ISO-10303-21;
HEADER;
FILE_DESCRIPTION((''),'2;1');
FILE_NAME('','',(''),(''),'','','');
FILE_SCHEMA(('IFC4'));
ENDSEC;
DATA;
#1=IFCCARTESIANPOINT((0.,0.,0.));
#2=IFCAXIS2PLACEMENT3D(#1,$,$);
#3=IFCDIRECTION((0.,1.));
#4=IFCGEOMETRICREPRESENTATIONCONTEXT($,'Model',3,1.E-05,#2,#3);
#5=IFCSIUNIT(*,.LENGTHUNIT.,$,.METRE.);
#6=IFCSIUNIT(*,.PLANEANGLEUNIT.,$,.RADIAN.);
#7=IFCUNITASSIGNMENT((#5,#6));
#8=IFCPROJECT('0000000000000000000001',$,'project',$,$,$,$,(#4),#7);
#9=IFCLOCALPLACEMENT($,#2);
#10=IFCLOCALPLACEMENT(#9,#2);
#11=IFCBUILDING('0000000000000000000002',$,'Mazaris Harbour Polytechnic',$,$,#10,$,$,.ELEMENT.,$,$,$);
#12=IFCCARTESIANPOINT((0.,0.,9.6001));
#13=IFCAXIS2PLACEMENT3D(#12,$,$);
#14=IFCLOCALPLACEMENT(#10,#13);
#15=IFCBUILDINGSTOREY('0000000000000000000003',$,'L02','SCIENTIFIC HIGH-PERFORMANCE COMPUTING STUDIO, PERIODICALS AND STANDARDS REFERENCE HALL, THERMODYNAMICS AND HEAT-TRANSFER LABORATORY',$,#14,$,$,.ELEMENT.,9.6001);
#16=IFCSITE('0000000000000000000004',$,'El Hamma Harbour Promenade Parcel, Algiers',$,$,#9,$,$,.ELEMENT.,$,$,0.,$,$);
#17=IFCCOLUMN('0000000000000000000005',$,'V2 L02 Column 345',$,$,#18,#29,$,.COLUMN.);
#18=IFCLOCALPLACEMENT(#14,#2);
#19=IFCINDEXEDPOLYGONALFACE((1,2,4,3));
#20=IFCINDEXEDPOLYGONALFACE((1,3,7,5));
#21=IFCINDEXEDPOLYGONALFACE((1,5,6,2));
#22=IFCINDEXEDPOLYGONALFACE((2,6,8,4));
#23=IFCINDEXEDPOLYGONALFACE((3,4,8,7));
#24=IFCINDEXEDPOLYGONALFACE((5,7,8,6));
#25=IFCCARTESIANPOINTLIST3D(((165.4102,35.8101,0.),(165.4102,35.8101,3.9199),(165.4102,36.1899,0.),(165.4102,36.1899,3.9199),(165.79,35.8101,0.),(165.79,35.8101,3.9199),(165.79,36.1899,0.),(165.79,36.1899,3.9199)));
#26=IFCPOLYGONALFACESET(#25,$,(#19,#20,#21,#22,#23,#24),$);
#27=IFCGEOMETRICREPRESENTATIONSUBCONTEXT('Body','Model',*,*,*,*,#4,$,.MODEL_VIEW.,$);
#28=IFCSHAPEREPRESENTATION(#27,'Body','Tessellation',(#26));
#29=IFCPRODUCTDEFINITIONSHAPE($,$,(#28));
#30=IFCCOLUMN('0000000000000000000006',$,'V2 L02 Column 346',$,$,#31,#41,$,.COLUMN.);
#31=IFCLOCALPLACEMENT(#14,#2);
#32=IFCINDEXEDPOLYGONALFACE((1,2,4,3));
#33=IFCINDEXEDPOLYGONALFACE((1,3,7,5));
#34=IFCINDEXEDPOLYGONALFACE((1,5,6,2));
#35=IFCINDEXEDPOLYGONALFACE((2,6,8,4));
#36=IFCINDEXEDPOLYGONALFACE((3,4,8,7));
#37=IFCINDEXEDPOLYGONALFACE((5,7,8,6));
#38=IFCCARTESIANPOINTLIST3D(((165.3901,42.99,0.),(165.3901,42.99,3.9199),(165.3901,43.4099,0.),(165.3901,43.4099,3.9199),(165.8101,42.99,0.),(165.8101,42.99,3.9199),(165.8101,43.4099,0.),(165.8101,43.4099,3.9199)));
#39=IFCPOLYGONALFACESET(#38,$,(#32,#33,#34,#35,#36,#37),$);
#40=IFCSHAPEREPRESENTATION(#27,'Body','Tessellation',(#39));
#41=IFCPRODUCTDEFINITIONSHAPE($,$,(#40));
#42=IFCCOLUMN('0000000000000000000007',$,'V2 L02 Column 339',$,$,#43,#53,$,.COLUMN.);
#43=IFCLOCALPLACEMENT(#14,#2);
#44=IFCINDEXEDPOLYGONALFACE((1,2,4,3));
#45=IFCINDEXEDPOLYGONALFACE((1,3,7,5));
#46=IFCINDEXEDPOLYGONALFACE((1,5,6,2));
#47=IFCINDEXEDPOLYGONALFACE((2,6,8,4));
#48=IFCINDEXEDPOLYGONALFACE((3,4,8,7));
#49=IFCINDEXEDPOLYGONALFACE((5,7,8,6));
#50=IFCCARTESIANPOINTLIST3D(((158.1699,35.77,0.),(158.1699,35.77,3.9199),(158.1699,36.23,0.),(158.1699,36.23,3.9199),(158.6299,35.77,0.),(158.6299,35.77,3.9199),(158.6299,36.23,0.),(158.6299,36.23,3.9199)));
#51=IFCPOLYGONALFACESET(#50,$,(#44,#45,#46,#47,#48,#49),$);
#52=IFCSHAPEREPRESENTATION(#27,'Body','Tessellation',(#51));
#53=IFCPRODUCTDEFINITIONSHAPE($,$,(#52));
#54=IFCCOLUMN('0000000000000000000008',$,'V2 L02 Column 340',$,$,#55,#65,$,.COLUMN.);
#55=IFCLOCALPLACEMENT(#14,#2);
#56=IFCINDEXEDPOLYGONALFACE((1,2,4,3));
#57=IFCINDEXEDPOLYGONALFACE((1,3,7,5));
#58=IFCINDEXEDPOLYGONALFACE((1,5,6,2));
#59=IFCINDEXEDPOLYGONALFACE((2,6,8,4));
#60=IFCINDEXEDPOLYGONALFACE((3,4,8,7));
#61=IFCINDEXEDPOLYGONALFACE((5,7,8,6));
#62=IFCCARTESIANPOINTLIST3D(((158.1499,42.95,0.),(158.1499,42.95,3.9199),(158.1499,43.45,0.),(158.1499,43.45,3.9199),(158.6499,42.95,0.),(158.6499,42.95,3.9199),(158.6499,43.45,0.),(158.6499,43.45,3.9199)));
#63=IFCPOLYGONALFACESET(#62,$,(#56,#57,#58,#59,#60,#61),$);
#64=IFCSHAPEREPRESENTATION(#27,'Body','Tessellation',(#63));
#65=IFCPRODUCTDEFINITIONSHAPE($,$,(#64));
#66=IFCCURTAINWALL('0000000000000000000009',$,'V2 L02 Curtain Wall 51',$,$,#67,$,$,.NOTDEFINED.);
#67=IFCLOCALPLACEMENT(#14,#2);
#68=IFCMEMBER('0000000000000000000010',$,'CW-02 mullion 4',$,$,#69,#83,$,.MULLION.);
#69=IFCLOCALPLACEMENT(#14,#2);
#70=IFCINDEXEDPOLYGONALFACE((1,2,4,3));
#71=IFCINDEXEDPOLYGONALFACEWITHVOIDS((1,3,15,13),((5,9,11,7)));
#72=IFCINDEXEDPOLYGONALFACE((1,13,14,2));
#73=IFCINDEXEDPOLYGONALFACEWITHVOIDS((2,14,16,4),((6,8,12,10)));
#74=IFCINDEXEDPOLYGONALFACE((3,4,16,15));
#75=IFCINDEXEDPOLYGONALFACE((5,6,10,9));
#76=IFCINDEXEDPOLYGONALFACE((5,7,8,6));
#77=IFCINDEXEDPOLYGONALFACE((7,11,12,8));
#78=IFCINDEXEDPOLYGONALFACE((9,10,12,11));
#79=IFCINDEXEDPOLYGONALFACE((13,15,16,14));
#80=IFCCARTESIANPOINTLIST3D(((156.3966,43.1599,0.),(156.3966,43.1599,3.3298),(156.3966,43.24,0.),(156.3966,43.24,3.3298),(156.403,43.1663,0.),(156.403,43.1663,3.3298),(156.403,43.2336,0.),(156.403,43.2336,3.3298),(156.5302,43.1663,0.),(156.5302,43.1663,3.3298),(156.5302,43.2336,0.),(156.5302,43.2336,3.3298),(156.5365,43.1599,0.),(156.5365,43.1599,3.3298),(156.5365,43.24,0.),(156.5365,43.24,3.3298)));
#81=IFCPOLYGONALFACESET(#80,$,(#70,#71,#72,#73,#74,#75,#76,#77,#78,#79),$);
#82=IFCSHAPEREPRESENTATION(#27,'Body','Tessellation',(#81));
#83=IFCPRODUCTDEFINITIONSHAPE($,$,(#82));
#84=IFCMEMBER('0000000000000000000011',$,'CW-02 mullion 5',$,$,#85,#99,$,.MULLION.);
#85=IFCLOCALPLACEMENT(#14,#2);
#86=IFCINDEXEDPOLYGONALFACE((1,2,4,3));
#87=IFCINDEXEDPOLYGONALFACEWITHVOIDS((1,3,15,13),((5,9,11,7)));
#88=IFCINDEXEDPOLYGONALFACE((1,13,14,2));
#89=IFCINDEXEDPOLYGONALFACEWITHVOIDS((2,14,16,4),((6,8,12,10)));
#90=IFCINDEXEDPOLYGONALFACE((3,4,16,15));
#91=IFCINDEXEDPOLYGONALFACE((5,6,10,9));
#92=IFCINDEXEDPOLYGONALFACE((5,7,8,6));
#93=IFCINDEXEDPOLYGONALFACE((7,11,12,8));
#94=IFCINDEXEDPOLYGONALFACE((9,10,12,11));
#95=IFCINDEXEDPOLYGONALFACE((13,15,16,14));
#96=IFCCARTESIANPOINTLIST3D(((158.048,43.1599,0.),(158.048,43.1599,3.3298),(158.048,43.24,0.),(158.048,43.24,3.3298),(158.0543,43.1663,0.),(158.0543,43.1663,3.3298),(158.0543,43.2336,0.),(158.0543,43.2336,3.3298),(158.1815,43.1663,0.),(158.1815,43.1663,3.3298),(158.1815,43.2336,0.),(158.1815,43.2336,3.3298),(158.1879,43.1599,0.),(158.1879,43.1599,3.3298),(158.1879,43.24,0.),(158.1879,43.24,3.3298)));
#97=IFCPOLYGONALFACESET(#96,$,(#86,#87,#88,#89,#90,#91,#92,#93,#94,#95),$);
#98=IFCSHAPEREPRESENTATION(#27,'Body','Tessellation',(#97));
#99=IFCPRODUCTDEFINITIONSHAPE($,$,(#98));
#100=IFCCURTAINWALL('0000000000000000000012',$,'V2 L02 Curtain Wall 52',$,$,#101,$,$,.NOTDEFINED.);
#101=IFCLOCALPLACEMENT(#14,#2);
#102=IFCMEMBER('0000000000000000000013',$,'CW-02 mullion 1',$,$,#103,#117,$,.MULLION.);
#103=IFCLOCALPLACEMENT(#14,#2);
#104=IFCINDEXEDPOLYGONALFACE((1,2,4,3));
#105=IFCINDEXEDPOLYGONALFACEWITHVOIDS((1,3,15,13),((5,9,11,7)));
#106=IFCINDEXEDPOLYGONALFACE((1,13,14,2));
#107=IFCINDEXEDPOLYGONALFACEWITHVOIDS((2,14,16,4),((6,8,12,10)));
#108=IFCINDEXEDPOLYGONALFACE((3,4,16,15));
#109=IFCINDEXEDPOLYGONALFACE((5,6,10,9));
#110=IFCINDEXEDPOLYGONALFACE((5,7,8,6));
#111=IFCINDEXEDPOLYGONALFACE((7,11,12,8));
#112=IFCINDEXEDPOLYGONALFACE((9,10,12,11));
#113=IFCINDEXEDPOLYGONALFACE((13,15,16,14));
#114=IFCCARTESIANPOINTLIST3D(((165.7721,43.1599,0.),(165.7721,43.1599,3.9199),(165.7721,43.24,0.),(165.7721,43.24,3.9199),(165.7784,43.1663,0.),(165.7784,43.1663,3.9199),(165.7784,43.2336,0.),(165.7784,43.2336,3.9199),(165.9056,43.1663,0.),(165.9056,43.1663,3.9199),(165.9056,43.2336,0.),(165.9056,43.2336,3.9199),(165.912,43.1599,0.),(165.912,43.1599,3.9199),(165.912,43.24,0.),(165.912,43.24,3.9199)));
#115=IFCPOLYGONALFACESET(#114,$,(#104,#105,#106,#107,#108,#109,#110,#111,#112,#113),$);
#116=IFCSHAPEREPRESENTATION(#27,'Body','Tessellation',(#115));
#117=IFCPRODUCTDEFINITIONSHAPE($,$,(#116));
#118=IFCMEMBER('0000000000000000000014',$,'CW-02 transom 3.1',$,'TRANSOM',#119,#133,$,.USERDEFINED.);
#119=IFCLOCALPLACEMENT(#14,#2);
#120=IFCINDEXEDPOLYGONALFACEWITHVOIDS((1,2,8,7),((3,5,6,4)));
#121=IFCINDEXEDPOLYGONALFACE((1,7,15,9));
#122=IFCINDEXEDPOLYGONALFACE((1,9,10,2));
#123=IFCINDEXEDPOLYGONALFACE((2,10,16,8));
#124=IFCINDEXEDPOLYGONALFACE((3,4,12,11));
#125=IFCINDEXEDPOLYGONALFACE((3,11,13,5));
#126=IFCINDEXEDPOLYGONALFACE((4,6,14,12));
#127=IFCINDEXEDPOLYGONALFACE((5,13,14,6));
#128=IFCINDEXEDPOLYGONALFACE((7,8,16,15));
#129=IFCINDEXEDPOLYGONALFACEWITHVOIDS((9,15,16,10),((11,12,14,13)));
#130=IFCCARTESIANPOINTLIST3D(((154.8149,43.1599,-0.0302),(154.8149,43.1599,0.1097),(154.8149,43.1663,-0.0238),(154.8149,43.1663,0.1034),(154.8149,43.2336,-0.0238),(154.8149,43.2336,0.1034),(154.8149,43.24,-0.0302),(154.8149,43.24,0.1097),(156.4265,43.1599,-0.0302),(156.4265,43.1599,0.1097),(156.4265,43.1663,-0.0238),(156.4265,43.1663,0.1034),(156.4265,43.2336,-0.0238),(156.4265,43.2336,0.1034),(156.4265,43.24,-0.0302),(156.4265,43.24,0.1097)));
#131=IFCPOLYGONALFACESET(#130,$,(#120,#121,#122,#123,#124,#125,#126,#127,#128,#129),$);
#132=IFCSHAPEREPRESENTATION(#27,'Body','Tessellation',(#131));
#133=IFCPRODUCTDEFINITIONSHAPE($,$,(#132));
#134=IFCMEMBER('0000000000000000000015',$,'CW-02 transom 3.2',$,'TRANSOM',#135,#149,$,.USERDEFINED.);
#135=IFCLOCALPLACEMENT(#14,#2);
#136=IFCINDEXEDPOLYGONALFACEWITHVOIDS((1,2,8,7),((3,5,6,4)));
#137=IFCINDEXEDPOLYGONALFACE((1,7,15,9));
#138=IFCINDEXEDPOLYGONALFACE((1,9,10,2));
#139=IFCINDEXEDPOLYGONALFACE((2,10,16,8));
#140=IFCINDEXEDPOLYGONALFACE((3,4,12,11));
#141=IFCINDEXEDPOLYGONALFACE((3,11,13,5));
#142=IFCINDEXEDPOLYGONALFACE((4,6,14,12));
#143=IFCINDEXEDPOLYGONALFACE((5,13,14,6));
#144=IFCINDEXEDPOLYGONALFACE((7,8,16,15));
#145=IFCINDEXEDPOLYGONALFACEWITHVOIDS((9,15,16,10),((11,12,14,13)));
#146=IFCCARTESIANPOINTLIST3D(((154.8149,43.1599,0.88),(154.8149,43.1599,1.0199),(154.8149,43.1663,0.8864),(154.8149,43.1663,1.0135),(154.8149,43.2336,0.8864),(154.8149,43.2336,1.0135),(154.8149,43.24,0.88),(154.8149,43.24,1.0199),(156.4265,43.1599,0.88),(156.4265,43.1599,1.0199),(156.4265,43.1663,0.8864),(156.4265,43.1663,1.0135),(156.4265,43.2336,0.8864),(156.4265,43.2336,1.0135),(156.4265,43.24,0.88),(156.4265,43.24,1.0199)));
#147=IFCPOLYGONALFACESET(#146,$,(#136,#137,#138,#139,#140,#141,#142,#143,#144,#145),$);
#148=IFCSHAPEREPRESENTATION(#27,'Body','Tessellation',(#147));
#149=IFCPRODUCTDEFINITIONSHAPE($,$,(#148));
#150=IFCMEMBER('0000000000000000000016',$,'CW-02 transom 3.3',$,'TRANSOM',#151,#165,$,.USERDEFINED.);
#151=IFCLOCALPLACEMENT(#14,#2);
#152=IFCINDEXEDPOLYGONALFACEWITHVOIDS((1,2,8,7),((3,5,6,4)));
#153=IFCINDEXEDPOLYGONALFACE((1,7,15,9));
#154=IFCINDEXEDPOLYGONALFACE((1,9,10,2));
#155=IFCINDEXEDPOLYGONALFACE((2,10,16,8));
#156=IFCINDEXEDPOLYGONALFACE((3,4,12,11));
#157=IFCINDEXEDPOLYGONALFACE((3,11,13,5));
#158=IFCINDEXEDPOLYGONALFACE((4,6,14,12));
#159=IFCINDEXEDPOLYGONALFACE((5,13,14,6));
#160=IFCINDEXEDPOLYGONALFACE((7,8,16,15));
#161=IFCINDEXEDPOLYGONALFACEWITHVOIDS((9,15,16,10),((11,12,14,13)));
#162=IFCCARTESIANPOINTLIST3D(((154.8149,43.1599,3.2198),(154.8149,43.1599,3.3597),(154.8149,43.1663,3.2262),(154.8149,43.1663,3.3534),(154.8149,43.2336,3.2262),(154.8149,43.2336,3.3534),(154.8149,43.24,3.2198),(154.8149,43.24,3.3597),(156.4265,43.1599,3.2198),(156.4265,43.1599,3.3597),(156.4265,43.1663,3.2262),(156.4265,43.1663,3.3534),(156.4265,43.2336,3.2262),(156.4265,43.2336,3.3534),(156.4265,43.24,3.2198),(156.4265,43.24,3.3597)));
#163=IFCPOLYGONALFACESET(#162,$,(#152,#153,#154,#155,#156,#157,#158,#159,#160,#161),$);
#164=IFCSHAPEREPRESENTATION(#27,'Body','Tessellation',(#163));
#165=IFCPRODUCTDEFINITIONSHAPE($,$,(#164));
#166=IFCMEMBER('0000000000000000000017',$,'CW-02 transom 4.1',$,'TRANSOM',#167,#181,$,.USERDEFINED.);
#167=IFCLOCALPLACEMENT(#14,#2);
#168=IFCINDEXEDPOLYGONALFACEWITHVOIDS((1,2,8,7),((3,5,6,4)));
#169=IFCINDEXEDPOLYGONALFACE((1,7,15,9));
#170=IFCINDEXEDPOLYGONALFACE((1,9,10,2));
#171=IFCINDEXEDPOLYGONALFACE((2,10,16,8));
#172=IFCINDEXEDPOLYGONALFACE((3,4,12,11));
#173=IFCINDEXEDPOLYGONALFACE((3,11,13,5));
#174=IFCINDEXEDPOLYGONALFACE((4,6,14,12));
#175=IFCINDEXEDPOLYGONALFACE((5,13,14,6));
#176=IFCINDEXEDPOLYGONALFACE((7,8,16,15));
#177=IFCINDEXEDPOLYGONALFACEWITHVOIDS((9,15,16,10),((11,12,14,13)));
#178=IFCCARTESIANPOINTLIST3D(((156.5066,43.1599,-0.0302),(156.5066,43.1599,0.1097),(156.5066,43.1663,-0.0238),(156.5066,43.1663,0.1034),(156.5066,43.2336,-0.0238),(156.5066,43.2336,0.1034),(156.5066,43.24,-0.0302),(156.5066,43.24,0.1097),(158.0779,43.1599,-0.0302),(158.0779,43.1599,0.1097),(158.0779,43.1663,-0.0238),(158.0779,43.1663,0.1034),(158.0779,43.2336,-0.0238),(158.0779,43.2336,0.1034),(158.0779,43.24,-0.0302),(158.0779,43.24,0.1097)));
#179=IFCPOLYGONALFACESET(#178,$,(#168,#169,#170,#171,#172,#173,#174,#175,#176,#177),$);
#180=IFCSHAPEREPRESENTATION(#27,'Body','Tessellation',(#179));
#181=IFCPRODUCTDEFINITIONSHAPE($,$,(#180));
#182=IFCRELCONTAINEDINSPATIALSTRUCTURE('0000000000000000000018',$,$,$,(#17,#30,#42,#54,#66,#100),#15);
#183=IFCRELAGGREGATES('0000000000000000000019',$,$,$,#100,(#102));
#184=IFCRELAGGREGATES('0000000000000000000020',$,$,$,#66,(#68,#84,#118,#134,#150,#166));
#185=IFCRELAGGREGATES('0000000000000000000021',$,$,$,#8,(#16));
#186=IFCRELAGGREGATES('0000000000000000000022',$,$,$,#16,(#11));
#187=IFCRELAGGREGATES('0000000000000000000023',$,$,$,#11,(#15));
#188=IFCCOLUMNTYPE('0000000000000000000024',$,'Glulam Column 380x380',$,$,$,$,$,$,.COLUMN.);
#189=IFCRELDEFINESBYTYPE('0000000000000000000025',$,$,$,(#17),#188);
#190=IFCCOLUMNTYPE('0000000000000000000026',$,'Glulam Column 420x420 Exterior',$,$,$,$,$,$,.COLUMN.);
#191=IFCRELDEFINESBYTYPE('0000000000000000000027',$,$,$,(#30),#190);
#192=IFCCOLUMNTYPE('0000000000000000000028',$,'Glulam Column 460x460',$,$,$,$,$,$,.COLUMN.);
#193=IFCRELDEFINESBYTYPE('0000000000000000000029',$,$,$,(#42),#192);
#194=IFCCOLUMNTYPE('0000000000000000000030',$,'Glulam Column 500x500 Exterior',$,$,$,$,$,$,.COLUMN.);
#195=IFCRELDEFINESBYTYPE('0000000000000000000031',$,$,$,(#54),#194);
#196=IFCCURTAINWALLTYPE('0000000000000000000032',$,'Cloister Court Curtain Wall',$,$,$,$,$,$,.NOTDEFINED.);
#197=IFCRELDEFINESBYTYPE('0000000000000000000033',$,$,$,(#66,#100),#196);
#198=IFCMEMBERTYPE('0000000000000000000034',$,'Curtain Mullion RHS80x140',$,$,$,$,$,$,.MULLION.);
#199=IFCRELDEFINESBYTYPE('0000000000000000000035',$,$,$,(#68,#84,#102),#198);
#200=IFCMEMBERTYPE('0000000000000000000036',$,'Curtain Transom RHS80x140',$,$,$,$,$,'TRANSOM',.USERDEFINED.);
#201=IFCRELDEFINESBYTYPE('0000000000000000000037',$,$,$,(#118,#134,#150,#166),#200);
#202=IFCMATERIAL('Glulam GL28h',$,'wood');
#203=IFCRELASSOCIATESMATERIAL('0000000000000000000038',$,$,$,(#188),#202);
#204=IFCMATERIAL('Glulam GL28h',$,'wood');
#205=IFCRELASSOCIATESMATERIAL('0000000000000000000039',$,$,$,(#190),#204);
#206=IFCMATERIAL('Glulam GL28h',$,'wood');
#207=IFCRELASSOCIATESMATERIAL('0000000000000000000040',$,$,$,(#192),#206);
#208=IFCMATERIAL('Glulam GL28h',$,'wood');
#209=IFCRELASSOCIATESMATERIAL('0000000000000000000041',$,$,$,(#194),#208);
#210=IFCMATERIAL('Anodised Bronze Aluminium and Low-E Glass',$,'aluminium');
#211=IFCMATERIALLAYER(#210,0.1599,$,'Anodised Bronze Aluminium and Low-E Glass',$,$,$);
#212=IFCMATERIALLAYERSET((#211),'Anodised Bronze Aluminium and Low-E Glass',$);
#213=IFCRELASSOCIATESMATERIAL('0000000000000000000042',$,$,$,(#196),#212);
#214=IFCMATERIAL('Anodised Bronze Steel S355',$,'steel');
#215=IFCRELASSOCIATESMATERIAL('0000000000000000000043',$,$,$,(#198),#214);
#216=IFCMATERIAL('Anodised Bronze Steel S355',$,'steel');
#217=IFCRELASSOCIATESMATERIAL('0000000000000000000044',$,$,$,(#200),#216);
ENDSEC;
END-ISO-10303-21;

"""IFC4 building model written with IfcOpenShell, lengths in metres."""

from ifc_helpers import new_model, si_unit, direction, frame, origin, origin_2d, place, context, subcontext, project, spatial, rectangle, hollow_rectangle, extrude, material, layer, layer_set, material_profile, profile_set, type_object, element, aggregate, save


model = new_model("IFC4")

# Units and contexts
model_context = context("Model", 3, precision=1e-05, world=origin(), true_north=direction((0.0, 1.0)))
body_context = subcontext(model_context, "Body", "Model", "MODEL_VIEW")
ifc_project = project(units=[si_unit("LENGTHUNIT", "METRE"), si_unit("PLANEANGLEUNIT", "RADIAN")], contexts=[model_context])

# Site, building, storey
site_placement = place(None, origin())
site = spatial("IfcSite", under=ifc_project, at=site_placement, Name="El Hamma Harbour Promenade Parcel, Algiers", CompositionType="ELEMENT", RefElevation=0.0)
building_placement = place(site_placement, origin())
building = spatial("IfcBuilding", under=site, at=building_placement, Name="Mazaris Harbour Polytechnic", CompositionType="ELEMENT")
storey_placement = place(building_placement, frame((0.0, 0.0, 9.6001)))
storey = spatial("IfcBuildingStorey", under=building, at=storey_placement, Name="L02", Description="SCIENTIFIC HIGH-PERFORMANCE COMPUTING STUDIO, PERIODICALS AND STANDARDS REFERENCE HALL, THERMODYNAMICS AND HEAT-TRANSFER LABORATORY", CompositionType="ELEMENT", Elevation=9.6001)

# Columns
ifc_material_1 = material(Name="Glulam GL28h", Category="wood")
ifc_material_profile_1 = material_profile(ifc_material_1, rectangle(XDim=0.3799, YDim=0.3799, at=origin_2d()), Name="RECT380x380")
ifc_profile_set_1 = profile_set([ifc_material_profile_1], Name="Glulam GL28h")
column_type_1 = type_object("IfcColumnType", Name="Glulam Column 380x380", PredefinedType="COLUMN", material=ifc_profile_set_1)
column_1_placement = place(storey_placement, frame((165.6001, 36.0, 0.0), z_axis=(0.0, 0.0, 1.0), x_axis=(1.0, 0.0, 0.0)))
element("IfcColumn", 1, at=column_1_placement, inside=storey, type_object=column_type_1, Name="V2 L02 Column 345", PredefinedType="COLUMN", context=body_context, shape_type="SweptSolid", body=[
    extrude(rectangle(XDim=0.3799, YDim=0.3799, at=origin_2d()), origin(), (0.0, 0.0, 1.0), 3.9199),
])
ifc_material_2 = material(Name="Glulam GL28h", Category="wood")
ifc_material_profile_2 = material_profile(ifc_material_2, rectangle(XDim=0.4199, YDim=0.4199, at=origin_2d()), Name="RECT420x420")
ifc_profile_set_2 = profile_set([ifc_material_profile_2], Name="Glulam GL28h")
column_type_2 = type_object("IfcColumnType", Name="Glulam Column 420x420 Exterior", PredefinedType="COLUMN", material=ifc_profile_set_2)
column_2_placement = place(storey_placement, frame((165.6001, 43.2, 0.0), z_axis=(0.0, 0.0, 1.0), x_axis=(1.0, 0.0, 0.0)))
element("IfcColumn", 2, at=column_2_placement, inside=storey, type_object=column_type_2, Name="V2 L02 Column 346", PredefinedType="COLUMN", context=body_context, shape_type="SweptSolid", body=[
    extrude(rectangle(XDim=0.4199, YDim=0.4199, at=origin_2d()), origin(), (0.0, 0.0, 1.0), 3.9199),
])
ifc_material_3 = material(Name="Glulam GL28h", Category="wood")
ifc_material_profile_3 = material_profile(ifc_material_3, rectangle(XDim=0.46, YDim=0.46, at=origin_2d()), Name="RECT460x460")
ifc_profile_set_3 = profile_set([ifc_material_profile_3], Name="Glulam GL28h")
column_type_3 = type_object("IfcColumnType", Name="Glulam Column 460x460", PredefinedType="COLUMN", material=ifc_profile_set_3)
column_3_placement = place(storey_placement, frame((158.3999, 36.0, 0.0), z_axis=(0.0, 0.0, 1.0), x_axis=(1.0, 0.0, 0.0)))
element("IfcColumn", 3, at=column_3_placement, inside=storey, type_object=column_type_3, Name="V2 L02 Column 339", PredefinedType="COLUMN", context=body_context, shape_type="SweptSolid", body=[
    extrude(rectangle(XDim=0.46, YDim=0.46, at=origin_2d()), origin(), (0.0, 0.0, 1.0), 3.9199),
])
ifc_material_4 = material(Name="Glulam GL28h", Category="wood")
ifc_material_profile_4 = material_profile(ifc_material_4, rectangle(XDim=0.5, YDim=0.5, at=origin_2d()), Name="RECT500x500")
ifc_profile_set_4 = profile_set([ifc_material_profile_4], Name="Glulam GL28h")
column_type_4 = type_object("IfcColumnType", Name="Glulam Column 500x500 Exterior", PredefinedType="COLUMN", material=ifc_profile_set_4)
column_4_placement = place(storey_placement, frame((158.3999, 43.2, 0.0), z_axis=(0.0, 0.0, 1.0), x_axis=(1.0, 0.0, 0.0)))
element("IfcColumn", 4, at=column_4_placement, inside=storey, type_object=column_type_4, Name="V2 L02 Column 340", PredefinedType="COLUMN", context=body_context, shape_type="SweptSolid", body=[
    extrude(rectangle(XDim=0.5, YDim=0.5, at=origin_2d()), origin(), (0.0, 0.0, 1.0), 3.9199),
])

# Curtain wall, members
ifc_material_5 = material(Name="Anodised Bronze Aluminium and Low-E Glass", Category="aluminium")
ifc_layer_1 = layer(ifc_material_5, 0.1599, Name="Anodised Bronze Aluminium and Low-E Glass")
ifc_layer_set_1 = layer_set([ifc_layer_1], Name="Anodised Bronze Aluminium and Low-E Glass")
curtain_wall_type = type_object("IfcCurtainWallType", Name="Cloister Court Curtain Wall", PredefinedType="NOTDEFINED", material=ifc_layer_set_1)
curtain_wall_1_placement = place(storey_placement, origin())
curtain_wall_1 = element("IfcCurtainWall", 5, at=curtain_wall_1_placement, inside=storey, type_object=curtain_wall_type, Name="V2 L02 Curtain Wall 51", PredefinedType="NOTDEFINED")
ifc_material_6 = material(Name="Anodised Bronze Steel S355", Category="steel")
ifc_material_profile_5 = material_profile(ifc_material_6, hollow_rectangle(XDim=0.0801, YDim=0.1399, WallThickness=0.0063, at=origin_2d()), Name="RHS 80x140x6.3")
ifc_profile_set_5 = profile_set([ifc_material_profile_5], Name="Anodised Bronze Steel S355")
member_type_1 = type_object("IfcMemberType", Name="Curtain Mullion RHS80x140", PredefinedType="MULLION", material=ifc_profile_set_5)
member_1_placement = place(storey_placement, frame((156.4666, 43.2, 0.0), z_axis=(0.0, 0.0, 1.0), x_axis=(0.0, 1.0, 0.0)))
member_1 = element("IfcMember", 6, at=member_1_placement, type_object=member_type_1, Name="CW-02 mullion 4", PredefinedType="MULLION", context=body_context, shape_type="SweptSolid", body=[
    extrude(hollow_rectangle(XDim=0.0801, YDim=0.1399, WallThickness=0.0063, at=origin_2d()), origin(), (0.0, 0.0, 1.0), 3.3298),
])
member_2_placement = place(storey_placement, frame((158.1179, 43.2, 0.0), z_axis=(0.0, 0.0, 1.0), x_axis=(0.0, 1.0, 0.0)))
member_2 = element("IfcMember", 7, at=member_2_placement, type_object=member_type_1, Name="CW-02 mullion 5", PredefinedType="MULLION", context=body_context, shape_type="SweptSolid", body=[
    extrude(hollow_rectangle(XDim=0.0801, YDim=0.1399, WallThickness=0.0063, at=origin_2d()), origin(), (0.0, 0.0, 1.0), 3.3298),
])

# Curtain wall, member
curtain_wall_2_placement = place(storey_placement, origin())
curtain_wall_2 = element("IfcCurtainWall", 8, at=curtain_wall_2_placement, inside=storey, type_object=curtain_wall_type, Name="V2 L02 Curtain Wall 52", PredefinedType="NOTDEFINED")
member_3_placement = place(storey_placement, frame((165.842, 43.2, 0.0), z_axis=(0.0, 0.0, 1.0), x_axis=(0.0, 1.0, 0.0)))
member_3 = element("IfcMember", 9, at=member_3_placement, type_object=member_type_1, Name="CW-02 mullion 1", PredefinedType="MULLION", context=body_context, shape_type="SweptSolid", body=[
    extrude(hollow_rectangle(XDim=0.0801, YDim=0.1399, WallThickness=0.0063, at=origin_2d()), origin(), (0.0, 0.0, 1.0), 3.9199),
])

# Members
ifc_material_7 = material(Name="Anodised Bronze Steel S355", Category="steel")
ifc_material_profile_6 = material_profile(ifc_material_7, hollow_rectangle(XDim=0.0801, YDim=0.1399, WallThickness=0.0063, at=origin_2d()), Name="RHS 80x140x6.3")
ifc_profile_set_6 = profile_set([ifc_material_profile_6], Name="Anodised Bronze Steel S355")
member_type_2 = type_object("IfcMemberType", Name="Curtain Transom RHS80x140", ElementType="TRANSOM", PredefinedType="USERDEFINED", material=ifc_profile_set_6)
member_4_placement = place(storey_placement, frame((154.8149, 43.2, 0.0398), z_axis=(1.0, 0.0, 0.0), x_axis=(0.0, 1.0, 0.0)))
member_4 = element("IfcMember", 10, at=member_4_placement, type_object=member_type_2, Name="CW-02 transom 3.1", ObjectType="TRANSOM", PredefinedType="USERDEFINED", context=body_context, shape_type="SweptSolid", body=[
    extrude(hollow_rectangle(XDim=0.0801, YDim=0.1399, WallThickness=0.0063, at=origin_2d()), origin(), (0.0, 0.0, 1.0), 1.6116),
])
member_5_placement = place(storey_placement, frame((154.8149, 43.2, 0.95), z_axis=(1.0, 0.0, 0.0), x_axis=(0.0, 1.0, 0.0)))
member_5 = element("IfcMember", 11, at=member_5_placement, type_object=member_type_2, Name="CW-02 transom 3.2", ObjectType="TRANSOM", PredefinedType="USERDEFINED", context=body_context, shape_type="SweptSolid", body=[
    extrude(hollow_rectangle(XDim=0.0801, YDim=0.1399, WallThickness=0.0063, at=origin_2d()), origin(), (0.0, 0.0, 1.0), 1.6116),
])
member_6_placement = place(storey_placement, frame((154.8149, 43.2, 3.2898), z_axis=(1.0, 0.0, 0.0), x_axis=(0.0, 1.0, 0.0)))
member_6 = element("IfcMember", 12, at=member_6_placement, type_object=member_type_2, Name="CW-02 transom 3.3", ObjectType="TRANSOM", PredefinedType="USERDEFINED", context=body_context, shape_type="SweptSolid", body=[
    extrude(hollow_rectangle(XDim=0.0801, YDim=0.1399, WallThickness=0.0063, at=origin_2d()), origin(), (0.0, 0.0, 1.0), 1.6116),
])
member_7_placement = place(storey_placement, frame((156.5066, 43.2, 0.0398), z_axis=(1.0, 0.0, 0.0), x_axis=(0.0, 1.0, 0.0)))
member_7 = element("IfcMember", 13, at=member_7_placement, type_object=member_type_2, Name="CW-02 transom 4.1", ObjectType="TRANSOM", PredefinedType="USERDEFINED", context=body_context, shape_type="SweptSolid", body=[
    extrude(hollow_rectangle(XDim=0.0801, YDim=0.1399, WallThickness=0.0063, at=origin_2d()), origin(), (0.0, 0.0, 1.0), 1.5713),
])
aggregate(curtain_wall_2, [member_3])

aggregate(curtain_wall_1, [member_1, member_2, member_4, member_5, member_6, member_7])

save(model, "model.ifc")
